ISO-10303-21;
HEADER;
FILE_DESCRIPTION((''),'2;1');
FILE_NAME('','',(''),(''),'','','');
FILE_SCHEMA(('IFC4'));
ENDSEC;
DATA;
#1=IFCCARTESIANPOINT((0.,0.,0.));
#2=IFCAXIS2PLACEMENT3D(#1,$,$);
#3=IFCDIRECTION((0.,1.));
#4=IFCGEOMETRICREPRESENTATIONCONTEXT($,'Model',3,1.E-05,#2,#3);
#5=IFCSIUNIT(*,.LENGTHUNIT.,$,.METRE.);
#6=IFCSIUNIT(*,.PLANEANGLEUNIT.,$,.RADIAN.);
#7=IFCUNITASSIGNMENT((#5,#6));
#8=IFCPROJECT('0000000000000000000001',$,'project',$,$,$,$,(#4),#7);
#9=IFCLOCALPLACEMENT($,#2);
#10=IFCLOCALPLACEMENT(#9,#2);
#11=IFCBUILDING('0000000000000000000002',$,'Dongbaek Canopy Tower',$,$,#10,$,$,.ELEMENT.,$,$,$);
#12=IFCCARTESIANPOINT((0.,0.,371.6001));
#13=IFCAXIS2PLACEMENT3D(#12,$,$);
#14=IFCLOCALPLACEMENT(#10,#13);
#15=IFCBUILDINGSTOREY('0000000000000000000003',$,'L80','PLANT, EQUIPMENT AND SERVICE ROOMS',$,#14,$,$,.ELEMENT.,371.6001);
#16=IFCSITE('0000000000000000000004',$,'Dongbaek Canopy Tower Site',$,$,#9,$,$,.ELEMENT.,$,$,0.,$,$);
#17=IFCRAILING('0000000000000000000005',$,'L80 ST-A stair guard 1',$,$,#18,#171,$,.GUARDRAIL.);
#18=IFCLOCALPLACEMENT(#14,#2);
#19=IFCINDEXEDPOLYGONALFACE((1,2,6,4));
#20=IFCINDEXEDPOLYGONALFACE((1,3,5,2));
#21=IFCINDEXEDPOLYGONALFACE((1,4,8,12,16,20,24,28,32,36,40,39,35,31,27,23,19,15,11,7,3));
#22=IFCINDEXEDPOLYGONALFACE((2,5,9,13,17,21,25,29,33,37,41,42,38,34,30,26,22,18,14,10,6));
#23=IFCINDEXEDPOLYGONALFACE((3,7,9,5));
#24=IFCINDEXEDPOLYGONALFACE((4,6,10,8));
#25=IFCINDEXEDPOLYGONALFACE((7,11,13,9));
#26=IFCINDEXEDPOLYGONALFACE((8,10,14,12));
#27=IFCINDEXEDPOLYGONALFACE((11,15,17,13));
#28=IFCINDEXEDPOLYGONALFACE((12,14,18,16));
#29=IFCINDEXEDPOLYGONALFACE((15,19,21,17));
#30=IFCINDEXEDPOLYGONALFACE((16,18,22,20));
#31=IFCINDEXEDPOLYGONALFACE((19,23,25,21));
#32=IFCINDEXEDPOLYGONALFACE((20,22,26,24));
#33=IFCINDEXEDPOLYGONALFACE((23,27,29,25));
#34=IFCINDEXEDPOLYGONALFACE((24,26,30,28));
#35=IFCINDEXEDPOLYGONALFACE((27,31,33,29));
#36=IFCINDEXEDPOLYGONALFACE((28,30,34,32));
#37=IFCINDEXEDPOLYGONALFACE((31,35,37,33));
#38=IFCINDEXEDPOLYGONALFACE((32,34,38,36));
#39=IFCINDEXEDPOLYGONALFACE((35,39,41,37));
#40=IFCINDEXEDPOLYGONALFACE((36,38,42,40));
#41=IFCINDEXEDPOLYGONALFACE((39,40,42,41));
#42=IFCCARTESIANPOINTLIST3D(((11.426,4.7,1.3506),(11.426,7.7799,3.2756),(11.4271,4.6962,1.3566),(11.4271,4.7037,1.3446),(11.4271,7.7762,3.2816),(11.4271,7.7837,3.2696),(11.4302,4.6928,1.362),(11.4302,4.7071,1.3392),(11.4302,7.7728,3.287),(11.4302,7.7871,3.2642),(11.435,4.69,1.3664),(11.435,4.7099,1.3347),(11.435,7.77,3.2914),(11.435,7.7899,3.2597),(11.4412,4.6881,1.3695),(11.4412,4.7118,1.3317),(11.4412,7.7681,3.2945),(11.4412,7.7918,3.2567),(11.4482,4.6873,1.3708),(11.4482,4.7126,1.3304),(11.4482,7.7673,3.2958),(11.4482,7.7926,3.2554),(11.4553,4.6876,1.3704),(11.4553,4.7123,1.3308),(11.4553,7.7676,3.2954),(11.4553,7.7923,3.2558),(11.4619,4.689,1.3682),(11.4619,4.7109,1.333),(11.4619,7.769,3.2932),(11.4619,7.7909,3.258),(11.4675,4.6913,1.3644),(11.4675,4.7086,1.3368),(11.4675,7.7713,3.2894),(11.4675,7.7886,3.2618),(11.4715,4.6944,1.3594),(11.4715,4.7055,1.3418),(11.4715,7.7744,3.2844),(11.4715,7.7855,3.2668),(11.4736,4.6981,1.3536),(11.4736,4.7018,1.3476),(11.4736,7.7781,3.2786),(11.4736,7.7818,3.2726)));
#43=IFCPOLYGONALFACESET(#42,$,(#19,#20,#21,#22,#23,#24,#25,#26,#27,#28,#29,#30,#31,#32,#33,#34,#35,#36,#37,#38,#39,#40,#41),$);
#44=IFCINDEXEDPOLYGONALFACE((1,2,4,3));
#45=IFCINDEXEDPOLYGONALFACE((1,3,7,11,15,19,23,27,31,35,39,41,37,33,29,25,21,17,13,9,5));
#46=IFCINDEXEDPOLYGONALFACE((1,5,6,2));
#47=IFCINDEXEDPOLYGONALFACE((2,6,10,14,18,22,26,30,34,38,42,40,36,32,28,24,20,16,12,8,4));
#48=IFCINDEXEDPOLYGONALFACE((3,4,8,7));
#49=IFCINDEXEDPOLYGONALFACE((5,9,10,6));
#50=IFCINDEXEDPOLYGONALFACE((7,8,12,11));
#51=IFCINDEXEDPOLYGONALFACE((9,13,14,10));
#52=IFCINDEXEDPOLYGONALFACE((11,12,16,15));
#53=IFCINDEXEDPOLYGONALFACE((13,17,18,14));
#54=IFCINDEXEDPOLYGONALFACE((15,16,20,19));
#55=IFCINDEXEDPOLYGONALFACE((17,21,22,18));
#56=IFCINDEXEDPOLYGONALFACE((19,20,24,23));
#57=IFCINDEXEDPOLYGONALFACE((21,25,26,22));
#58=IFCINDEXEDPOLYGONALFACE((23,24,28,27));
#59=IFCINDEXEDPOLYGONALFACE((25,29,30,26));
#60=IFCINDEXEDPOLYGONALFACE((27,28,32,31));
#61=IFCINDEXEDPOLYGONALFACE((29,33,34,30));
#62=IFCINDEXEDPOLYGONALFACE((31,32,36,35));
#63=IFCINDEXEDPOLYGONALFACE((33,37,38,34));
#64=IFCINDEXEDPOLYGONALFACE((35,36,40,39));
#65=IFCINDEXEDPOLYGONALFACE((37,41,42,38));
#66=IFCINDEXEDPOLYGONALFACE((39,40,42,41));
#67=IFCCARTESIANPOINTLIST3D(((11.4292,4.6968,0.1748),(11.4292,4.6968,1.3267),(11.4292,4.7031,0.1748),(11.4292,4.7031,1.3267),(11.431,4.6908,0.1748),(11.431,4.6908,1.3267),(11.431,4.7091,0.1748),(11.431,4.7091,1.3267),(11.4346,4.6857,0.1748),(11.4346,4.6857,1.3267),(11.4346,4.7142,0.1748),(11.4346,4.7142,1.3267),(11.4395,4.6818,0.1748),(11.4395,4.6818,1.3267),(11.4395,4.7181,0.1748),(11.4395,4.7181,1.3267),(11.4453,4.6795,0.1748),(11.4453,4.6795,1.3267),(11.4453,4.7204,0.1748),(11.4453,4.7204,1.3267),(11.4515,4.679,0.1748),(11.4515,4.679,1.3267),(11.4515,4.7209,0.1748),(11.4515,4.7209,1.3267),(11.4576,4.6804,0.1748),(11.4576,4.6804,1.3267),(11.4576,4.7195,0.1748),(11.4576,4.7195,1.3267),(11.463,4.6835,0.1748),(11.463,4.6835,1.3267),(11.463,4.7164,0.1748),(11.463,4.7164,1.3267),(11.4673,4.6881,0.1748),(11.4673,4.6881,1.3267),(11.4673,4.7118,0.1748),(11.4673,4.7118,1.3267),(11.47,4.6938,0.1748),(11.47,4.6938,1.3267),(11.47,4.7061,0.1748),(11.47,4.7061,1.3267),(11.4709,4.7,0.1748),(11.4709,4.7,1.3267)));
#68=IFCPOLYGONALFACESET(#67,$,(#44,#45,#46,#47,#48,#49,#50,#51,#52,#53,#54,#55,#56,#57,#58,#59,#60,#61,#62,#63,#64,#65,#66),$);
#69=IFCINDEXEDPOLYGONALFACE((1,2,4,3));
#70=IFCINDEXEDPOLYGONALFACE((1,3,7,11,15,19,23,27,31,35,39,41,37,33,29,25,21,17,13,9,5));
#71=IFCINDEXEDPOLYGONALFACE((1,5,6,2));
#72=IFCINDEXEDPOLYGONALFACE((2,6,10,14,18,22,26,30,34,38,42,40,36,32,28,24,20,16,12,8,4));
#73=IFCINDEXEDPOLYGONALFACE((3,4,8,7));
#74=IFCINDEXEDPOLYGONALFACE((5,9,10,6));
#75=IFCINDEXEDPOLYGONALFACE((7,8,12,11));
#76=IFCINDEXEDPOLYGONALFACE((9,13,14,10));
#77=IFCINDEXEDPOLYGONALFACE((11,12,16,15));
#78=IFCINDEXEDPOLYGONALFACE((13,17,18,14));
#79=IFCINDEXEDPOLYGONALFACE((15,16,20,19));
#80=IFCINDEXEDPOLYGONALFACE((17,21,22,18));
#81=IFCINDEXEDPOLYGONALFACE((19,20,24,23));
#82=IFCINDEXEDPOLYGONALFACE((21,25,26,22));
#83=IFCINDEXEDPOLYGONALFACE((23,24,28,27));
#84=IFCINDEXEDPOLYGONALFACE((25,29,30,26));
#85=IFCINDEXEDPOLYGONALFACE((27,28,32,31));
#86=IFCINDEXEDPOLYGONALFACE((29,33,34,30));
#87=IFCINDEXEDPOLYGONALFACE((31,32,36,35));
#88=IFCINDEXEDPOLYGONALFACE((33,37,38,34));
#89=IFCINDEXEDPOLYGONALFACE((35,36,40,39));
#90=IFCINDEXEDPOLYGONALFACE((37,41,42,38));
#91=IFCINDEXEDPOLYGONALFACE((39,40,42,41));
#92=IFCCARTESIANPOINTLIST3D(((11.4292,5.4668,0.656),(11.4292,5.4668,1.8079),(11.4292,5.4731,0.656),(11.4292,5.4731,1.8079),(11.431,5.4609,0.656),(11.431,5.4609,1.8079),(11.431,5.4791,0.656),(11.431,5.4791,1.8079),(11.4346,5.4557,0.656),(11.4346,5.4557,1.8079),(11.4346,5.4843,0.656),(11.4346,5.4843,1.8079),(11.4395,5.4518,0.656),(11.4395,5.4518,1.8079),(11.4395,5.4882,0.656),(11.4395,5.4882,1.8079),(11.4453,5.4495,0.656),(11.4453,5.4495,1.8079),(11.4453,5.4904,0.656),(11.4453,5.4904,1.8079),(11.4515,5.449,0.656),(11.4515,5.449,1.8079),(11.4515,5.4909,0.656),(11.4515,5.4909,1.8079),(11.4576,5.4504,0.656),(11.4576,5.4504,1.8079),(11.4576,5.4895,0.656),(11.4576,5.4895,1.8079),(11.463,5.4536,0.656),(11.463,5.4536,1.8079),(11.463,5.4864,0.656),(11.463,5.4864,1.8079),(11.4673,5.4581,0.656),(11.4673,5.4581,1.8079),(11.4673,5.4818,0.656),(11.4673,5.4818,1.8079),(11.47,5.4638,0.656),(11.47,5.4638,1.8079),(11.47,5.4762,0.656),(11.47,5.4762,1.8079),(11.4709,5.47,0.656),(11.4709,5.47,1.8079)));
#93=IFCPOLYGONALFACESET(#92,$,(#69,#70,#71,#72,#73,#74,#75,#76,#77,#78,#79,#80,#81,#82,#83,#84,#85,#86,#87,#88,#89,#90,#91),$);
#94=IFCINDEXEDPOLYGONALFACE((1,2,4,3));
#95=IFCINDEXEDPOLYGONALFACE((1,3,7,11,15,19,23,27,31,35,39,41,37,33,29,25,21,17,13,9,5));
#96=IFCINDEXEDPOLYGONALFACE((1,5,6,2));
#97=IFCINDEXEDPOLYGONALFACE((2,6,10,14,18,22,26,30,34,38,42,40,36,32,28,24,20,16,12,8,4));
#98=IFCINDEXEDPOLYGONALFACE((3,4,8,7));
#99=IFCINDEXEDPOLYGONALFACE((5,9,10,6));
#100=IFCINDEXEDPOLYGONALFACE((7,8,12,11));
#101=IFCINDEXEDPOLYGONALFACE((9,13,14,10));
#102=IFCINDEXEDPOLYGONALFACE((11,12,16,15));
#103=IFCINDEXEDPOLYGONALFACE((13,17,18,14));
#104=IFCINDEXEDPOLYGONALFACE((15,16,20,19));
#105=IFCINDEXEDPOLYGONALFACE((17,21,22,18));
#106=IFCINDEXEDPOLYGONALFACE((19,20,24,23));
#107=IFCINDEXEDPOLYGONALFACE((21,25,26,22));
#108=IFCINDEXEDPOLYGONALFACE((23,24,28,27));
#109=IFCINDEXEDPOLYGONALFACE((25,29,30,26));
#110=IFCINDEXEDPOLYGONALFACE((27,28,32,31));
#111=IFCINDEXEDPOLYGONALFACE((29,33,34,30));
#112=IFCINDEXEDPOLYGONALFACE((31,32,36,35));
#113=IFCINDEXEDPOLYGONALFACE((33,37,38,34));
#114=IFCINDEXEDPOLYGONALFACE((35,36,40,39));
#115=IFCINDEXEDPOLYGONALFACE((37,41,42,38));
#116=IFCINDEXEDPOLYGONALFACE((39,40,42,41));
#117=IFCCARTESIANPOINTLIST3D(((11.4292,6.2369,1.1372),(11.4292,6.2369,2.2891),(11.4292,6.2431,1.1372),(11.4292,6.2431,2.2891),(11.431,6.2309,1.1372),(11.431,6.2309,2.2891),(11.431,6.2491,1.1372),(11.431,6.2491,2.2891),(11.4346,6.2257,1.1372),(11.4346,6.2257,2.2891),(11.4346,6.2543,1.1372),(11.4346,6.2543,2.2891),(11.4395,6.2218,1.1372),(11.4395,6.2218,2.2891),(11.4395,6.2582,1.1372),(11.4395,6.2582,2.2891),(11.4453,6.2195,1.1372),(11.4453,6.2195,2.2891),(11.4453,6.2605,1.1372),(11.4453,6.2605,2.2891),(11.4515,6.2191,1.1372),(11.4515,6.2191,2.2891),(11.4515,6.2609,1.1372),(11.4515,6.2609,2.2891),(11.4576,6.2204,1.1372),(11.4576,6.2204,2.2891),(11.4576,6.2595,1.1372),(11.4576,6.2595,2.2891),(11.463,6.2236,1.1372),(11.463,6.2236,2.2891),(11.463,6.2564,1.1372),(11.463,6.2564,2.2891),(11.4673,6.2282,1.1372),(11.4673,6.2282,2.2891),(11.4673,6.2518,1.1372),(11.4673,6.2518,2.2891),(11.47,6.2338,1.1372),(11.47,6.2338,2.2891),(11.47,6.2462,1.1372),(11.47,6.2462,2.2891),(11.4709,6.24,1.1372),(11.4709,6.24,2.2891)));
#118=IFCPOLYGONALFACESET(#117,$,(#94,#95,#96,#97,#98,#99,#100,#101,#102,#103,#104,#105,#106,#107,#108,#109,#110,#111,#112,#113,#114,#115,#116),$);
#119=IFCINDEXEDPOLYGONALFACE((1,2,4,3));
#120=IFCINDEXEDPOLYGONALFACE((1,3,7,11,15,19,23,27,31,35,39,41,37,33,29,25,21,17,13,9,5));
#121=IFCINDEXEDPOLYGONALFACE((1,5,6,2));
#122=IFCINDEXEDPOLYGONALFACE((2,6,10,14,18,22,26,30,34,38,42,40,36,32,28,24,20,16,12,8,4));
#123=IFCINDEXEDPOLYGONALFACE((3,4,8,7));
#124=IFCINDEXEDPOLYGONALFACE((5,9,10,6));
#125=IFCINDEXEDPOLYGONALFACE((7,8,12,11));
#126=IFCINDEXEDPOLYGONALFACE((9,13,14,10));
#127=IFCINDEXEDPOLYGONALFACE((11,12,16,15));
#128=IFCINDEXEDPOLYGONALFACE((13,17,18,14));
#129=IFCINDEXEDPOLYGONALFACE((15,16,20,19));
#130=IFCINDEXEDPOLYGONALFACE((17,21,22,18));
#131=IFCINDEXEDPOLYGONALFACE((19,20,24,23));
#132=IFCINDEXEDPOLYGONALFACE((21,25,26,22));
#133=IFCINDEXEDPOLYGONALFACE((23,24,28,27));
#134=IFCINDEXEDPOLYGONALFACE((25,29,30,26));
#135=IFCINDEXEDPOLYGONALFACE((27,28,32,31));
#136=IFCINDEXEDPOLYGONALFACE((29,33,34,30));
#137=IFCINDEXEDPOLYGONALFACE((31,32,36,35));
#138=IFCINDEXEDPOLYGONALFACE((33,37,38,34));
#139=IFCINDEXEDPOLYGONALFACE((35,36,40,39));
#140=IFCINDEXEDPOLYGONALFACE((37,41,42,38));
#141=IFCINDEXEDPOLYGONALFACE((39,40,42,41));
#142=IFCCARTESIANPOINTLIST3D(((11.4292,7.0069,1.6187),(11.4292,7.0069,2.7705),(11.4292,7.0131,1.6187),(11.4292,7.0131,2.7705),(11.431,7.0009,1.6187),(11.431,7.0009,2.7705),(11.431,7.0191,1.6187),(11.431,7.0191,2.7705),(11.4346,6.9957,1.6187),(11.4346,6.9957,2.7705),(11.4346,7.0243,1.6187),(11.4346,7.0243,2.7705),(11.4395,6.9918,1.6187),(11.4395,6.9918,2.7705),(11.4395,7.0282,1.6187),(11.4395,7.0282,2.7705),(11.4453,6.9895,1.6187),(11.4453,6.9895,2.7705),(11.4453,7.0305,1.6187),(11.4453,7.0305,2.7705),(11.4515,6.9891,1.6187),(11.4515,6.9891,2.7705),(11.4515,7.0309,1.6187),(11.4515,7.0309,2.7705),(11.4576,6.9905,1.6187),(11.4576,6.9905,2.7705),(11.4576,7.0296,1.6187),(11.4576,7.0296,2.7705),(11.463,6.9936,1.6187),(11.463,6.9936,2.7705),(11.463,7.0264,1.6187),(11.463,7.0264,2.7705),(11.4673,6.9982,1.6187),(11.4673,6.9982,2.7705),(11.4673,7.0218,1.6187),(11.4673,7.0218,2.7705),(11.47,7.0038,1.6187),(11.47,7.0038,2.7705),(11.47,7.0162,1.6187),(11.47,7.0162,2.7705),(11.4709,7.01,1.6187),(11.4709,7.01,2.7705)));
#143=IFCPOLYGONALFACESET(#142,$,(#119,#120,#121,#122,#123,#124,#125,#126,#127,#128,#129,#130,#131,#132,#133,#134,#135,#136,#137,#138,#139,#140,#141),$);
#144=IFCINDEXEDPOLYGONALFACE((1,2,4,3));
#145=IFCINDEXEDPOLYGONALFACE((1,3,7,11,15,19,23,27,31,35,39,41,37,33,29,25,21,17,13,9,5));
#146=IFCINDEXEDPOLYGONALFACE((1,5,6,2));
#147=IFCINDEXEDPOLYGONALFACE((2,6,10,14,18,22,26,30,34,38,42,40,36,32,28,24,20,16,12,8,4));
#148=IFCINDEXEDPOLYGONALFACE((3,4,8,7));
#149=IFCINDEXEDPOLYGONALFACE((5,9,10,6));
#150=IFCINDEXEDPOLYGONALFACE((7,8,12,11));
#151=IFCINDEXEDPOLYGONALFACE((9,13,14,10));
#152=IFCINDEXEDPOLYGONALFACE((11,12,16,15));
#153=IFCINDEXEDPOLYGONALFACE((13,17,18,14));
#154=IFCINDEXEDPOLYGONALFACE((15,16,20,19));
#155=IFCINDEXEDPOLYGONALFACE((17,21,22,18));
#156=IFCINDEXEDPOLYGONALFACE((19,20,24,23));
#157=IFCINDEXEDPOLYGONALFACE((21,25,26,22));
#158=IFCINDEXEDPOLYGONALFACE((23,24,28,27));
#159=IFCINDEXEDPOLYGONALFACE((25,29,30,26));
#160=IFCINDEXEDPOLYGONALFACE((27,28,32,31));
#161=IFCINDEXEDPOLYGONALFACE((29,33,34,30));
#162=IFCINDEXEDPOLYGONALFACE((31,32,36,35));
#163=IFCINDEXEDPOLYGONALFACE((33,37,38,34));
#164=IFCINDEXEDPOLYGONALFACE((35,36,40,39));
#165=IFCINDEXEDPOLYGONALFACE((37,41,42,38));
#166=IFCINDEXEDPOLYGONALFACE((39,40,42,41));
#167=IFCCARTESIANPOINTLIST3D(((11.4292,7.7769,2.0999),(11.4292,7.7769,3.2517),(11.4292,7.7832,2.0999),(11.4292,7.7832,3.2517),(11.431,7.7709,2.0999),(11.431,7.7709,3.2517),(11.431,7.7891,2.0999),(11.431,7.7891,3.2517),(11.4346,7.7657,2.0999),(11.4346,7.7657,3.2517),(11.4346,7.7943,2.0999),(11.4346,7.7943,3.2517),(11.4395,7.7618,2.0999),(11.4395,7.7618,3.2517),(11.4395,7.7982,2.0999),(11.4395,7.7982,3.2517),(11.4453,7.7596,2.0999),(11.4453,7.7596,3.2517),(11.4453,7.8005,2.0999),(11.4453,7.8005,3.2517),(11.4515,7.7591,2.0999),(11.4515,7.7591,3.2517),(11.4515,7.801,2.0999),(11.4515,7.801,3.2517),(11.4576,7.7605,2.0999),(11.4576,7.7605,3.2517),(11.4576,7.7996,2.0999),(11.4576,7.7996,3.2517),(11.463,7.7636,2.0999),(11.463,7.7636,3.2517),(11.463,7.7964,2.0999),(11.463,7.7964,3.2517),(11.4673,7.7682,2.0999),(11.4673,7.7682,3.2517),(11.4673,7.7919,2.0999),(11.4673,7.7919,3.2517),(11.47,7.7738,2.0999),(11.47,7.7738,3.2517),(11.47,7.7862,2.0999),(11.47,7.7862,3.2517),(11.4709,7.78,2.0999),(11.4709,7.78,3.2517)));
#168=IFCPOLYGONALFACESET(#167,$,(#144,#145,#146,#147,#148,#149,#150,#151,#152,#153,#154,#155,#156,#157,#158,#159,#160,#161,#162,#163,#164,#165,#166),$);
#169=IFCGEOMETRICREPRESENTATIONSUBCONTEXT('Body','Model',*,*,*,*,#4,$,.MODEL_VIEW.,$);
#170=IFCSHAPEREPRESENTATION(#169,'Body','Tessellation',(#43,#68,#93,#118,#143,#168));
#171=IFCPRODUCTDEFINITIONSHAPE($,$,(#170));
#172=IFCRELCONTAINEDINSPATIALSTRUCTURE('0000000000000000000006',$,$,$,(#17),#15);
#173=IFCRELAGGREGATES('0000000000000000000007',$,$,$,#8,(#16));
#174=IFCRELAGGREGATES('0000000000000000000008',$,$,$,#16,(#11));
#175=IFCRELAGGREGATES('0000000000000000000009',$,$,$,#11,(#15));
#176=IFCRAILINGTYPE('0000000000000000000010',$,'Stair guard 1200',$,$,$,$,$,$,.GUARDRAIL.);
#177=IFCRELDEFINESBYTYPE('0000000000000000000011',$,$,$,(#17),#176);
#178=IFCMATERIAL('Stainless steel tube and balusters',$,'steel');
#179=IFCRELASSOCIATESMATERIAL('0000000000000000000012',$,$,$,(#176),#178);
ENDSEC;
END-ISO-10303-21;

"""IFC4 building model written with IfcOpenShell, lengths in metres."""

from ifc_helpers import new_model, si_unit, direction, frame, origin, origin_2d, place, context, subcontext, project, spatial, circle, extrude, material, type_object, element, save


model = new_model("IFC4")

# Units and contexts
model_context = context("Model", 3, precision=1e-05, world=origin(), true_north=direction((0.0, 1.0)))
body_context = subcontext(model_context, "Body", "Model", "MODEL_VIEW")
ifc_project = project(units=[si_unit("LENGTHUNIT", "METRE"), si_unit("PLANEANGLEUNIT", "RADIAN")], contexts=[model_context])

# Site, building, storey
site_placement = place(None, origin())
site = spatial("IfcSite", under=ifc_project, at=site_placement, Name="Dongbaek Canopy Tower Site", CompositionType="ELEMENT", RefElevation=0.0)
building_placement = place(site_placement, origin())
building = spatial("IfcBuilding", under=site, at=building_placement, Name="Dongbaek Canopy Tower", CompositionType="ELEMENT")
storey_placement = place(building_placement, frame((0.0, 0.0, 371.6001)))
storey = spatial("IfcBuildingStorey", under=building, at=storey_placement, Name="L80", Description="PLANT, EQUIPMENT AND SERVICE ROOMS", CompositionType="ELEMENT", Elevation=371.6001)

# Railing
ifc_material_1 = material(Name="Stainless steel tube and balusters", Category="steel")
railing_type_1 = type_object("IfcRailingType", Name="Stair guard 1200", PredefinedType="GUARDRAIL", material=ifc_material_1)
railing_1_placement = place(storey_placement, frame((11.45, 4.7, 0.1748)))
element("IfcRailing", 1, at=railing_1_placement, inside=storey, type_object=railing_type_1, Name="L80 ST-A stair guard 1", PredefinedType="GUARDRAIL", context=body_context, shape_type="SweptSolid", body=[
    extrude(circle(Radius=0.0239, at=origin_2d()), frame((0.0, 0.0, 1.1758), z_axis=(0.0, 0.847998, 0.529999), x_axis=(-1.0, 0.0, 0.0)), (0.0, 0.0, 1.0), 3.6321),
    extrude(circle(Radius=0.021, at=origin_2d()), origin(), (0.0, 0.0, 1.0), 1.1519),
    extrude(circle(Radius=0.021, at=origin_2d()), frame((0.0, 0.77, 0.4812)), (0.0, 0.0, 1.0), 1.1519),
    extrude(circle(Radius=0.021, at=origin_2d()), frame((0.0, 1.54, 0.9624)), (0.0, 0.0, 1.0), 1.1519),
    extrude(circle(Radius=0.021, at=origin_2d()), frame((0.0, 2.3101, 1.4438)), (0.0, 0.0, 1.0), 1.1519),
    extrude(circle(Radius=0.021, at=origin_2d()), frame((0.0, 3.0801, 1.925)), (0.0, 0.0, 1.0), 1.1519),
])

save(model, "model.ifc")
